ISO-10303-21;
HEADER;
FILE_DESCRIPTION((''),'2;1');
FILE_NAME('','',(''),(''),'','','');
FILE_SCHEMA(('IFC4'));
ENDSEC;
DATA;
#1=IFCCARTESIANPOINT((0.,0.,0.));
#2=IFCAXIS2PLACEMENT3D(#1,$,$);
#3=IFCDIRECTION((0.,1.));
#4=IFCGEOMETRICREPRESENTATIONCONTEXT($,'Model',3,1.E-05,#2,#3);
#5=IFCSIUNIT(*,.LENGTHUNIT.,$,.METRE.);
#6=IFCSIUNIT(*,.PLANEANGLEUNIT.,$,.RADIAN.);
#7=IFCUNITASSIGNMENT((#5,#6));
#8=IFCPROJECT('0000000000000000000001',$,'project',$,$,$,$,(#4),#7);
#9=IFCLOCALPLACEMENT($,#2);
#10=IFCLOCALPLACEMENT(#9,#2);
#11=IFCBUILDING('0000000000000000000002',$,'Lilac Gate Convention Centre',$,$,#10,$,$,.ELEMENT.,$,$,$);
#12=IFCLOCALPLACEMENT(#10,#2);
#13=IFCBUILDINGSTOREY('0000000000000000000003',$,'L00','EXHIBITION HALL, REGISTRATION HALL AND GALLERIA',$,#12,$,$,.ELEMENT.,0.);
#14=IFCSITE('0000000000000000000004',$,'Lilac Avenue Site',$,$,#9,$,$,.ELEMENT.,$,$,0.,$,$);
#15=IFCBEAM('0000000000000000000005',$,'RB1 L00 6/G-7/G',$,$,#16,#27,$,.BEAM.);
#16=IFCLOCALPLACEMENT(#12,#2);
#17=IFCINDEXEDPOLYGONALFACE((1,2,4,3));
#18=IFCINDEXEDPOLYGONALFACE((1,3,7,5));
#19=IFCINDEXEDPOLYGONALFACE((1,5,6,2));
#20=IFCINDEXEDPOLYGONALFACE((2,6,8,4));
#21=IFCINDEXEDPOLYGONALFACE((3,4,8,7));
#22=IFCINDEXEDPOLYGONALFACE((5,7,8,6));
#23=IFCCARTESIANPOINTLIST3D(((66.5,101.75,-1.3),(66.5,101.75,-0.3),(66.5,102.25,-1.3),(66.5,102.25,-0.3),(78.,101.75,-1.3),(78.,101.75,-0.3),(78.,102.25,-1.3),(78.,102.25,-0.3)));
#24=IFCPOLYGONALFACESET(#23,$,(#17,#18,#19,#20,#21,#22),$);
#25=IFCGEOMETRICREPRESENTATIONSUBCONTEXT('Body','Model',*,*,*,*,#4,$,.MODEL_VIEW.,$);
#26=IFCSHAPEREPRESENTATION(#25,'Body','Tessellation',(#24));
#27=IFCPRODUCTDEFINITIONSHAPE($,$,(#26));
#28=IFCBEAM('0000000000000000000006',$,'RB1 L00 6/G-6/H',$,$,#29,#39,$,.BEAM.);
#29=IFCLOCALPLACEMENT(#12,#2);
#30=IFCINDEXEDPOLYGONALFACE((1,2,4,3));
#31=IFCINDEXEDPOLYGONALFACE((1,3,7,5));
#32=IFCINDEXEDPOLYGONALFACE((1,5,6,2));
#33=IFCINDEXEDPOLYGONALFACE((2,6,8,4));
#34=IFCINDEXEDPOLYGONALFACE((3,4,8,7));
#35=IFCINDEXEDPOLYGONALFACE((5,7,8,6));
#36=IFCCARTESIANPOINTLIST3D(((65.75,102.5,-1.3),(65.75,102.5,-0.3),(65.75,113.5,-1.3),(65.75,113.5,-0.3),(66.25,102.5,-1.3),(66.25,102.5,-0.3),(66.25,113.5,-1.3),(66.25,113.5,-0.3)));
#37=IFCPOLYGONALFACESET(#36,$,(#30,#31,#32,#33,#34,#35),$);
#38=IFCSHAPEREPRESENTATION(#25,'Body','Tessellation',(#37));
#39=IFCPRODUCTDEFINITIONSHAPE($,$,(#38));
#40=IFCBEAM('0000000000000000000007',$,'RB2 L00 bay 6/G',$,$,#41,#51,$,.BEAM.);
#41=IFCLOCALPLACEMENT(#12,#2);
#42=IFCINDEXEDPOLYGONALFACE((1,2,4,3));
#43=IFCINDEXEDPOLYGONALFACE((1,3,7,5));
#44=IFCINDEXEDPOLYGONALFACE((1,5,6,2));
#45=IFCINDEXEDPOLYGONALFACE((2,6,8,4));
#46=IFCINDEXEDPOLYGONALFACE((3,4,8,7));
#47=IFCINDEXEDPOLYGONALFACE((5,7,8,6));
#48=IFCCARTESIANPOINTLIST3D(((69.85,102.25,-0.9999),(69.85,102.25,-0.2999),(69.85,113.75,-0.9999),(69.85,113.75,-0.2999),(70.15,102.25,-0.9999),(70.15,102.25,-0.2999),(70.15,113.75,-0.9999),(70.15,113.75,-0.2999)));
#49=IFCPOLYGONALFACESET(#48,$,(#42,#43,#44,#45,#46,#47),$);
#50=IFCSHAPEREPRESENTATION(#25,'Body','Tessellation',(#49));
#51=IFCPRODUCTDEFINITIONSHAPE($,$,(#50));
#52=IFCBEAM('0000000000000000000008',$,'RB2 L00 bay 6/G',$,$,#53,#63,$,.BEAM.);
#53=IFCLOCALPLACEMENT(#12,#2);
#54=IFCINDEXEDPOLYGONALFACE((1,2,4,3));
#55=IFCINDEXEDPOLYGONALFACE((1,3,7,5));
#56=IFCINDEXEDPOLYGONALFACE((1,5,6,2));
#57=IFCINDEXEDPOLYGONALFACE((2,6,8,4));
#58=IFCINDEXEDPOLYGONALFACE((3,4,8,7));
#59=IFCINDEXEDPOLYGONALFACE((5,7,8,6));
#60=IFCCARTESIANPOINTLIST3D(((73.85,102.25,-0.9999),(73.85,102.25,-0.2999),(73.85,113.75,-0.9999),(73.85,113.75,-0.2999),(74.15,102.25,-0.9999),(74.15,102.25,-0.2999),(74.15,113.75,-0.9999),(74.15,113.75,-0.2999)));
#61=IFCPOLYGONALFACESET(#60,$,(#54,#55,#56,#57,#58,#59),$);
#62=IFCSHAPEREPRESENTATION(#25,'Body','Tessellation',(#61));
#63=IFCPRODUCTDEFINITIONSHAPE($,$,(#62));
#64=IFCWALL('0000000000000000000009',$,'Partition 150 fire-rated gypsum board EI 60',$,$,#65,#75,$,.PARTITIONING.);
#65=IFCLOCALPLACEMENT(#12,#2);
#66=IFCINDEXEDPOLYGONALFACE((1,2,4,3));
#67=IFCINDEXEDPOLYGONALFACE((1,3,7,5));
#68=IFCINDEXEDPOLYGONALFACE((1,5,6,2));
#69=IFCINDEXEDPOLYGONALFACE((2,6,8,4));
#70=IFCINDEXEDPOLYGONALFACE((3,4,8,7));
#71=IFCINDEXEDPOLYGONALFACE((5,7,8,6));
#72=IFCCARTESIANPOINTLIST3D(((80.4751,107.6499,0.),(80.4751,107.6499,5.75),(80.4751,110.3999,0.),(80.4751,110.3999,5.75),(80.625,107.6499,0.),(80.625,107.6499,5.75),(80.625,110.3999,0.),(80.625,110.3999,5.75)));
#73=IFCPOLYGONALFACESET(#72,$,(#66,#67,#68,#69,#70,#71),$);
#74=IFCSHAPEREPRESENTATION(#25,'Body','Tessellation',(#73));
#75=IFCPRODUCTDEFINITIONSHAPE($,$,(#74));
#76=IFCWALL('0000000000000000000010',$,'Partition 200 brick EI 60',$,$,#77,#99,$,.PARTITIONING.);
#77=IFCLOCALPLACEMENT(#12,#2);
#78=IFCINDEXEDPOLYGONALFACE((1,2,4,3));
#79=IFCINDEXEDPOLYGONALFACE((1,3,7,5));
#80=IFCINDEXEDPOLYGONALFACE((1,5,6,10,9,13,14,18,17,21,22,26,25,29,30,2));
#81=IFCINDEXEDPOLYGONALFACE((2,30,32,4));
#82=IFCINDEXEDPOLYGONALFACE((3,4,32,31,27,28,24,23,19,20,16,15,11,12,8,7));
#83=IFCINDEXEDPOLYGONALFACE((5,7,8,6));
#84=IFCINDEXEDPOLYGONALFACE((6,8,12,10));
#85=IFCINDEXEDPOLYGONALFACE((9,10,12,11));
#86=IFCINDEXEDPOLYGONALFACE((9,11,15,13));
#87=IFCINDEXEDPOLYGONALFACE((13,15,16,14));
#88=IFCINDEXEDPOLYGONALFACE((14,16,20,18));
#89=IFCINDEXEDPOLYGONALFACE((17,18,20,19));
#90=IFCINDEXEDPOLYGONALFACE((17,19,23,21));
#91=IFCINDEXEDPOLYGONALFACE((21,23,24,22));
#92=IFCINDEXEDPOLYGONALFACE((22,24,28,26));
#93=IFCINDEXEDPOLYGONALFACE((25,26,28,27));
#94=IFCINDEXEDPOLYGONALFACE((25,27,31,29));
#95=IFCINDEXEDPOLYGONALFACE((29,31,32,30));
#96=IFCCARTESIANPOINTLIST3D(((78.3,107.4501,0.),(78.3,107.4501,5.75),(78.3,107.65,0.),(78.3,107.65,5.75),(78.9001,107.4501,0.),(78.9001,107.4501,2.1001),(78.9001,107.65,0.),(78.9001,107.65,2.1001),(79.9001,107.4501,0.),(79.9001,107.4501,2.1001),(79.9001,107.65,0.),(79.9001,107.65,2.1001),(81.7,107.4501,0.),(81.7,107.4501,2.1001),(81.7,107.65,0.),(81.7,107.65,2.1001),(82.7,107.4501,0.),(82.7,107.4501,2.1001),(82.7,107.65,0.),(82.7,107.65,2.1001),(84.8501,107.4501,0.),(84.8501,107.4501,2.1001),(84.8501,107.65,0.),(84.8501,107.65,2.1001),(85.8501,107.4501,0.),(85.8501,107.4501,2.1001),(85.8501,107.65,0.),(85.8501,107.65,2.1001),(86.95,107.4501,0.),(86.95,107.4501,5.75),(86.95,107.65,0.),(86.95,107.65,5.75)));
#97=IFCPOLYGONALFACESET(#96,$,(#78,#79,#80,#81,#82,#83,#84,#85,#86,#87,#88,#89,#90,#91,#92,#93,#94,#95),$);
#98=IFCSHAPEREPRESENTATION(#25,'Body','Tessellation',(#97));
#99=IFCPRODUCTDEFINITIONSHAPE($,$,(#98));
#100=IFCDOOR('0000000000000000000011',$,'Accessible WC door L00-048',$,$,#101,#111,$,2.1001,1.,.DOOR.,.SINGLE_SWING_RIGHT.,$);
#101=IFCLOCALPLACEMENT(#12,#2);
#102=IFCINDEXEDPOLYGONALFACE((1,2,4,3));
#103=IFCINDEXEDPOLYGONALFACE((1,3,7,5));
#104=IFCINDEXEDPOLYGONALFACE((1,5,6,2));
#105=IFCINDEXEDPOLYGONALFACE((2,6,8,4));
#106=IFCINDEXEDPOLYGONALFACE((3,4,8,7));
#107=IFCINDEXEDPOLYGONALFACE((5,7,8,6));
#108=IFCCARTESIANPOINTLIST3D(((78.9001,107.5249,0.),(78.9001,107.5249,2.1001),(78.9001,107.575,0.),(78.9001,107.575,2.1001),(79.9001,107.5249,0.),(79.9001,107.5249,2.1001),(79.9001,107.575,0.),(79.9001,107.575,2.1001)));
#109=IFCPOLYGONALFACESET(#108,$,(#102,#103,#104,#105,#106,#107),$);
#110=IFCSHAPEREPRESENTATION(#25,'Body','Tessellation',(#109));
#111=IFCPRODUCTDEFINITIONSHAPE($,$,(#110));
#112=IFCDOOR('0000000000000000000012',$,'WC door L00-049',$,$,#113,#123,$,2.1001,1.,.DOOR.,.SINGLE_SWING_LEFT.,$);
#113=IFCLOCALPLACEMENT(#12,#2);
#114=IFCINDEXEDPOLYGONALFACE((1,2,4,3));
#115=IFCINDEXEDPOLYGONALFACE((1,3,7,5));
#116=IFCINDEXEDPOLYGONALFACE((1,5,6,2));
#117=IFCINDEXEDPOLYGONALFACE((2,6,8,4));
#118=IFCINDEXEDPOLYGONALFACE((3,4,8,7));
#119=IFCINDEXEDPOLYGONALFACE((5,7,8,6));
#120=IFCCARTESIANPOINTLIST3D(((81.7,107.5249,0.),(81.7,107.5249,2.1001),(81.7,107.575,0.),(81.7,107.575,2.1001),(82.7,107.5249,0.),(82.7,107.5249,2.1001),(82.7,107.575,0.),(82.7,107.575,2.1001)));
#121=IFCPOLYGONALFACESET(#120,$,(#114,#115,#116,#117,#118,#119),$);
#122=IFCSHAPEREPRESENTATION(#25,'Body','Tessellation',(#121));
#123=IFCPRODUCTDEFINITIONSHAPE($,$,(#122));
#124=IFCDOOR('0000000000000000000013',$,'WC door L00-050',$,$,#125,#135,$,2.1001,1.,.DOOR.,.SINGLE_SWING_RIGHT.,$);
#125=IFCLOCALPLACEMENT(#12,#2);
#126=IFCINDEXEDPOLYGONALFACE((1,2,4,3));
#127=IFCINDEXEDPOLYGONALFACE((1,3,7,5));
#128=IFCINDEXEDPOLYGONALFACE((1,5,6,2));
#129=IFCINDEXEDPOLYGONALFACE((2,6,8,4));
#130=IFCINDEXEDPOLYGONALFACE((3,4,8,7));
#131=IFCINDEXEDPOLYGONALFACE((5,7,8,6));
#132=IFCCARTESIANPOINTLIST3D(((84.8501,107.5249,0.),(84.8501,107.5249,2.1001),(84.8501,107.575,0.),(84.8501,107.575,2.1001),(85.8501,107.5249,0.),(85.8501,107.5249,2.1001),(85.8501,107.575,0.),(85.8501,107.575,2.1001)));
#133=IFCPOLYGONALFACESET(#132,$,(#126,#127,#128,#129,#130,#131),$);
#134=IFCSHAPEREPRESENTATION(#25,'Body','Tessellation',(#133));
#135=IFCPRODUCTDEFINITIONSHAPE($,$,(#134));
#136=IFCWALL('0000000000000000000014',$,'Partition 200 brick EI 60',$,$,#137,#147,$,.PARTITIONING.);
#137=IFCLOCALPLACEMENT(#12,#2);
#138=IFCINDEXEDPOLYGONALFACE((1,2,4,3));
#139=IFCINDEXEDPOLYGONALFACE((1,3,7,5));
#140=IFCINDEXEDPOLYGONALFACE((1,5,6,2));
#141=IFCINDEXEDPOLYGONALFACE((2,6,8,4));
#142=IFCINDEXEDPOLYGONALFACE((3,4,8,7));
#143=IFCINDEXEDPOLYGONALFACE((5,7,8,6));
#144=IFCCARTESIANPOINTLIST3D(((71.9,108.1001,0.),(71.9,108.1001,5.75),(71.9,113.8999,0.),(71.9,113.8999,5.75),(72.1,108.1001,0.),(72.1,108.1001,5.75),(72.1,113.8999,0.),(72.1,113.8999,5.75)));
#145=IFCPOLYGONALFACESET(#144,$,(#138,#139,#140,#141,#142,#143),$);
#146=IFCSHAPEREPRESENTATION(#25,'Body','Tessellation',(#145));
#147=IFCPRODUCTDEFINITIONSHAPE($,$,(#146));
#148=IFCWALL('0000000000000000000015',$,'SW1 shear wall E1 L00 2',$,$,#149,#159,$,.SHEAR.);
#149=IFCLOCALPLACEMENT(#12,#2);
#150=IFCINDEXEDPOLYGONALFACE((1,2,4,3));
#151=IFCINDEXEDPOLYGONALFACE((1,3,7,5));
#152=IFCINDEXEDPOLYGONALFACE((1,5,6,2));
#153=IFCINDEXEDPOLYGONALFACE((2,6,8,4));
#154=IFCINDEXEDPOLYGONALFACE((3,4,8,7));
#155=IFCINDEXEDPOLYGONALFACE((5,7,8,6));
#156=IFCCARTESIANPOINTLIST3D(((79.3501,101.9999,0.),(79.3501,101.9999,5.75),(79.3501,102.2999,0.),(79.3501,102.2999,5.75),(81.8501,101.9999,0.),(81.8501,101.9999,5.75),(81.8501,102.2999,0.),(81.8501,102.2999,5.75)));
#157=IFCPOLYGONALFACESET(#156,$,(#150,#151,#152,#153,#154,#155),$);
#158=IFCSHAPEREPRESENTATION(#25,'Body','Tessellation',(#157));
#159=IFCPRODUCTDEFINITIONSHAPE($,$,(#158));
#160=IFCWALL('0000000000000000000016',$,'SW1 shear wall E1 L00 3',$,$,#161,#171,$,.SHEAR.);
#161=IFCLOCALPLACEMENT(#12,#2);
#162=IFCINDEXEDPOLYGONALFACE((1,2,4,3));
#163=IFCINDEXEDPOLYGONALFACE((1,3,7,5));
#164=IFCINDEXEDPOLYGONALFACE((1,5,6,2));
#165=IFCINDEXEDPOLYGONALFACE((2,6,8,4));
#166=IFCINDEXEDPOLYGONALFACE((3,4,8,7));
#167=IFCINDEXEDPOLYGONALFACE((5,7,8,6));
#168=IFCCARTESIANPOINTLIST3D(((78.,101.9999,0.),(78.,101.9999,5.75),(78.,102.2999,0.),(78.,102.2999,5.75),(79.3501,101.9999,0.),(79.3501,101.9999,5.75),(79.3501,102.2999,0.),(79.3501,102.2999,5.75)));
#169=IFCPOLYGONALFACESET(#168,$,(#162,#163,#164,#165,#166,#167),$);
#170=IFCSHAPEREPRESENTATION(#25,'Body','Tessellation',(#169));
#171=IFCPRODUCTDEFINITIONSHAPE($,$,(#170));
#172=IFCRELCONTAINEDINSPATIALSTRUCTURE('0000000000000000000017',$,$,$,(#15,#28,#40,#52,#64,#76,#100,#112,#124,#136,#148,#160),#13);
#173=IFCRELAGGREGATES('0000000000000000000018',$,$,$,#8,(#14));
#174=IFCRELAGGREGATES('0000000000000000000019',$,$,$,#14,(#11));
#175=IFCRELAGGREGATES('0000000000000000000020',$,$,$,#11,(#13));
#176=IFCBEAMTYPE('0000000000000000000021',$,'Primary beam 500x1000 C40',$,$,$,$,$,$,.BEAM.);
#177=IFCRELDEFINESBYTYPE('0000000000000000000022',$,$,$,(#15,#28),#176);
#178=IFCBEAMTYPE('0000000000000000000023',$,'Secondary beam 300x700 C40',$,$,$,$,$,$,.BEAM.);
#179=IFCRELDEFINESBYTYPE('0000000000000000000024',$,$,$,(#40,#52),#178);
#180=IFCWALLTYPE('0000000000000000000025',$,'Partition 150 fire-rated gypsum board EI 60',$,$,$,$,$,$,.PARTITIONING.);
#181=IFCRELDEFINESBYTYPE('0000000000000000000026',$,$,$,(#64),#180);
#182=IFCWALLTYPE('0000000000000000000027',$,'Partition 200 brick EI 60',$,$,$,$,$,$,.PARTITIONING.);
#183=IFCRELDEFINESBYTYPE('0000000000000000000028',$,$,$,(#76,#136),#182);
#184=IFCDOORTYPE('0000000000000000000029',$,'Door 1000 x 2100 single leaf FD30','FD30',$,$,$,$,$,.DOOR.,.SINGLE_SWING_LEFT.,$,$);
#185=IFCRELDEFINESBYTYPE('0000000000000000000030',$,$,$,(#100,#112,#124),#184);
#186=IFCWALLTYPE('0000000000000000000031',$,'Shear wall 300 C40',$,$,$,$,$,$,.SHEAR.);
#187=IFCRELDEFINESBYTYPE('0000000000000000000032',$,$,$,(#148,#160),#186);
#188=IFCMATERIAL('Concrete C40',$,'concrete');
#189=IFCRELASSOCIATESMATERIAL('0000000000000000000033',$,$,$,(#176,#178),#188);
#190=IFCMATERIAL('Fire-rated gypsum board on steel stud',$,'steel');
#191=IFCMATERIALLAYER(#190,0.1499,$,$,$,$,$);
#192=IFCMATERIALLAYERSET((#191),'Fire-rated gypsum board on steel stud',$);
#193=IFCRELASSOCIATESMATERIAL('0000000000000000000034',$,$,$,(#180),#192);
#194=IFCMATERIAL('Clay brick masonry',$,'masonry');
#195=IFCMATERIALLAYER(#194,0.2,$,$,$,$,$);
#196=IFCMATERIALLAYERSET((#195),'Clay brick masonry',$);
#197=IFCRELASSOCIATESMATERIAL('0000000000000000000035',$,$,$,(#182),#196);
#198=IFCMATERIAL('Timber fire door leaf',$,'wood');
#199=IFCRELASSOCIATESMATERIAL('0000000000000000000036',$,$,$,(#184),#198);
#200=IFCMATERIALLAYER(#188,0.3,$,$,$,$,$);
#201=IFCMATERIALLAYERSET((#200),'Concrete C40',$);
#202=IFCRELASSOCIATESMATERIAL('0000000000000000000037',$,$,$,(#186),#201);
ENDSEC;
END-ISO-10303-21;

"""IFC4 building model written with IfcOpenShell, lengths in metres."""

from ifc_helpers import new_model, si_unit, direction, frame, frame_2d, origin, origin_2d, place, context, subcontext, project, spatial, rectangle, extrude, material, layer, layer_set, material_profile, profile_set, type_object, element, fill, save


model = new_model("IFC4")

# Units and contexts
model_context = context("Model", 3, precision=1e-05, world=origin(), true_north=direction((0.0, 1.0)))
body_context = subcontext(model_context, "Body", "Model", "MODEL_VIEW")
ifc_project = project(units=[si_unit("LENGTHUNIT", "METRE"), si_unit("PLANEANGLEUNIT", "RADIAN")], contexts=[model_context])

# Site, building, storey
site_placement = place(None, origin())
site = spatial("IfcSite", under=ifc_project, at=site_placement, Name="Lilac Avenue Site", CompositionType="ELEMENT", RefElevation=0.0)
building_placement = place(site_placement, origin())
building = spatial("IfcBuilding", under=site, at=building_placement, Name="Lilac Gate Convention Centre", CompositionType="ELEMENT")
storey_placement = place(building_placement, origin())
storey = spatial("IfcBuildingStorey", under=building, at=storey_placement, Name="L00", Description="EXHIBITION HALL, REGISTRATION HALL AND GALLERIA", CompositionType="ELEMENT", Elevation=0.0)

# Beams
ifc_material_1 = material(Name="Concrete C40", Category="concrete")
ifc_material_profile_1 = material_profile(ifc_material_1, rectangle(XDim=0.5, YDim=1.0, at=origin_2d()), Name="RC 500x1000")
ifc_profile_set_1 = profile_set([ifc_material_profile_1], Name="Concrete C40")
beam_type_1 = type_object("IfcBeamType", Name="Primary beam 500x1000 C40", PredefinedType="BEAM", material=ifc_profile_set_1)
beam_1_placement = place(storey_placement, frame((66.5, 102.0, -0.8), z_axis=(1.0, 0.0, 0.0), x_axis=(0.0, 1.0, 0.0)))
element("IfcBeam", 1, at=beam_1_placement, inside=storey, type_object=beam_type_1, Name="RB1 L00 6/G-7/G", PredefinedType="BEAM", context=body_context, shape_type="SweptSolid", body=[
    extrude(rectangle(XDim=0.5, YDim=1.0, at=origin_2d()), origin(), (0.0, 0.0, 1.0), 11.5),
])
beam_2_placement = place(storey_placement, frame((66.0, 102.5, -0.8), z_axis=(0.0, 1.0, 0.0), x_axis=(-1.0, 0.0, 0.0)))
element("IfcBeam", 2, at=beam_2_placement, inside=storey, type_object=beam_type_1, Name="RB1 L00 6/G-6/H", PredefinedType="BEAM", context=body_context, shape_type="SweptSolid", body=[
    extrude(rectangle(XDim=0.5, YDim=1.0, at=origin_2d()), origin(), (0.0, 0.0, 1.0), 11.0),
])
ifc_material_profile_2 = material_profile(ifc_material_1, rectangle(XDim=0.3, YDim=0.7, at=origin_2d()), Name="RC 300x700")
ifc_profile_set_2 = profile_set([ifc_material_profile_2], Name="Concrete C40")
beam_type_2 = type_object("IfcBeamType", Name="Secondary beam 300x700 C40", PredefinedType="BEAM", material=ifc_profile_set_2)
for number, where, z_axis, x_axis, name in (
    (3, (70.0, 102.25, -0.6499), (0.0, 1.0, 0.0), (-1.0, 0.0, 0.0), "RB2 L00 bay 6/G"),
    (4, (74.0, 102.25, -0.6499), (0.0, 1.0, 0.0), (-1.0, 0.0, 0.0), "RB2 L00 bay 6/G"),
):
    element("IfcBeam", number, at=place(storey_placement, frame(where, z_axis=z_axis, x_axis=x_axis)), inside=storey, type_object=beam_type_2, Name=name, PredefinedType="BEAM", context=body_context, shape_type="SweptSolid", body=[
        extrude(rectangle(XDim=0.3, YDim=0.7, at=origin_2d()), origin(), (0.0, 0.0, 1.0), 11.5),
    ])

# Wall
ifc_material_2 = material(Name="Fire-rated gypsum board on steel stud", Category="steel")
ifc_layer_1 = layer(ifc_material_2, 0.1499)
ifc_layer_set_1 = layer_set([ifc_layer_1], Name="Fire-rated gypsum board on steel stud")
wall_type_1 = type_object("IfcWallType", Name="Partition 150 fire-rated gypsum board EI 60", PredefinedType="PARTITIONING", material=ifc_layer_set_1)
wall_1_placement = place(storey_placement, frame((80.55, 107.6499, 0.0), z_axis=(0.0, 0.0, 1.0), x_axis=(0.0, 1.0, 0.0)))
element("IfcWall", 5, at=wall_1_placement, inside=storey, type_object=wall_type_1, Name="Partition 150 fire-rated gypsum board EI 60", PredefinedType="PARTITIONING", context=body_context, shape_type="SweptSolid", body=[
    extrude(rectangle(XDim=2.75, YDim=0.1499, at=frame_2d((1.375, 0.0))), origin(), (0.0, 0.0, 1.0), 5.75),
])

# Wall, openings, doors
ifc_material_3 = material(Name="Clay brick masonry", Category="masonry")
ifc_layer_2 = layer(ifc_material_3, 0.2)
ifc_layer_set_2 = layer_set([ifc_layer_2], Name="Clay brick masonry")
wall_type_2 = type_object("IfcWallType", Name="Partition 200 brick EI 60", PredefinedType="PARTITIONING", material=ifc_layer_set_2)
wall_2_placement = place(storey_placement, frame((78.3, 107.55, 0.0), z_axis=(0.0, 0.0, 1.0), x_axis=(1.0, 0.0, 0.0)))
wall_2 = element("IfcWall", 6, at=wall_2_placement, inside=storey, type_object=wall_type_2, Name="Partition 200 brick EI 60", PredefinedType="PARTITIONING", context=body_context, shape_type="SweptSolid", body=[
    extrude(rectangle(XDim=8.6499, YDim=0.2, at=frame_2d((4.325, 0.0))), origin(), (0.0, 0.0, 1.0), 5.75),
])
opening_1_placement = place(wall_2_placement, frame((0.6001, 0.0, 0.0)))
opening_1 = element("IfcOpeningElement", 7, at=opening_1_placement, cuts=wall_2, PredefinedType="OPENING", context=body_context, shape_type="SweptSolid", body=[
    extrude(rectangle(XDim=1.0, YDim=2.1001, at=frame_2d((0.5, 1.05))), frame((0.0, 0.1099, 0.0), z_axis=(0.0, -1.0, 0.0), x_axis=(1.0, 0.0, 0.0)), (0.0, 0.0, 1.0), 0.22),
])
opening_2_placement = place(wall_2_placement, frame((3.3999, 0.0, 0.0)))
opening_2 = element("IfcOpeningElement", 8, at=opening_2_placement, cuts=wall_2, PredefinedType="OPENING", context=body_context, shape_type="SweptSolid", body=[
    extrude(rectangle(XDim=1.0, YDim=2.1001, at=frame_2d((0.5, 1.05))), frame((0.0, 0.1099, 0.0), z_axis=(0.0, -1.0, 0.0), x_axis=(1.0, 0.0, 0.0)), (0.0, 0.0, 1.0), 0.22),
])
opening_3_placement = place(wall_2_placement, frame((6.55, 0.0, 0.0)))
opening_3 = element("IfcOpeningElement", 9, at=opening_3_placement, cuts=wall_2, PredefinedType="OPENING", context=body_context, shape_type="SweptSolid", body=[
    extrude(rectangle(XDim=1.0, YDim=2.1001, at=frame_2d((0.5, 1.05))), frame((0.0, 0.1099, 0.0), z_axis=(0.0, -1.0, 0.0), x_axis=(1.0, 0.0, 0.0)), (0.0, 0.0, 1.0), 0.22),
])
ifc_material_4 = material(Name="Timber fire door leaf", Category="wood")
door_type_1 = type_object("IfcDoorType", Name="Door 1000 x 2100 single leaf FD30", Description="FD30", OperationType="SINGLE_SWING_LEFT", PredefinedType="DOOR", material=ifc_material_4)
door_1_placement = place(opening_1_placement, origin())
door_1 = element("IfcDoor", 10, at=door_1_placement, inside=storey, type_object=door_type_1, Name="Accessible WC door L00-048", OperationType="SINGLE_SWING_RIGHT", OverallHeight=2.1001, OverallWidth=1.0, PredefinedType="DOOR", context=body_context, shape_type="SweptSolid", body=[
    extrude(rectangle(XDim=1.0, YDim=2.1001, at=frame_2d((0.5, 1.05))), frame((0.0, 0.0249, 0.0), z_axis=(0.0, -1.0, 0.0), x_axis=(1.0, 0.0, 0.0)), (0.0, 0.0, 1.0), 0.05),
])
fill(opening_1, door_1)
door_2_placement = place(opening_2_placement, origin())
door_2 = element("IfcDoor", 11, at=door_2_placement, inside=storey, type_object=door_type_1, Name="WC door L00-049", OperationType="SINGLE_SWING_LEFT", OverallHeight=2.1001, OverallWidth=1.0, PredefinedType="DOOR", context=body_context, shape_type="SweptSolid", body=[
    extrude(rectangle(XDim=1.0, YDim=2.1001, at=frame_2d((0.5, 1.05))), frame((0.0, 0.0249, 0.0), z_axis=(0.0, -1.0, 0.0), x_axis=(1.0, 0.0, 0.0)), (0.0, 0.0, 1.0), 0.05),
])
fill(opening_2, door_2)
door_3_placement = place(opening_3_placement, origin())
door_3 = element("IfcDoor", 12, at=door_3_placement, inside=storey, type_object=door_type_1, Name="WC door L00-050", OperationType="SINGLE_SWING_RIGHT", OverallHeight=2.1001, OverallWidth=1.0, PredefinedType="DOOR", context=body_context, shape_type="SweptSolid", body=[
    extrude(rectangle(XDim=1.0, YDim=2.1001, at=frame_2d((0.5, 1.05))), frame((0.0, 0.0249, 0.0), z_axis=(0.0, -1.0, 0.0), x_axis=(1.0, 0.0, 0.0)), (0.0, 0.0, 1.0), 0.05),
])
fill(opening_3, door_3)

# Walls
wall_3_placement = place(storey_placement, frame((72.0, 108.1001, 0.0), z_axis=(0.0, 0.0, 1.0), x_axis=(0.0, 1.0, 0.0)))
element("IfcWall", 13, at=wall_3_placement, inside=storey, type_object=wall_type_2, Name="Partition 200 brick EI 60", PredefinedType="PARTITIONING", context=body_context, shape_type="SweptSolid", body=[
    extrude(rectangle(XDim=5.7998, YDim=0.2, at=frame_2d((2.8999, 0.0))), origin(), (0.0, 0.0, 1.0), 5.75),
])
ifc_layer_3 = layer(ifc_material_1, 0.3)
ifc_layer_set_3 = layer_set([ifc_layer_3], Name="Concrete C40")
wall_type_3 = type_object("IfcWallType", Name="Shear wall 300 C40", PredefinedType="SHEAR", material=ifc_layer_set_3)
wall_4_placement = place(storey_placement, frame((81.8501, 102.1499, 0.0), z_axis=(0.0, 0.0, 1.0), x_axis=(-1.0, 0.0, 0.0)))
element("IfcWall", 14, at=wall_4_placement, inside=storey, type_object=wall_type_3, Name="SW1 shear wall E1 L00 2", PredefinedType="SHEAR", context=body_context, shape_type="SweptSolid", body=[
    extrude(rectangle(XDim=2.5, YDim=0.3, at=frame_2d((1.25, 0.0))), origin(), (0.0, 0.0, 1.0), 5.75),
])
wall_5_placement = place(storey_placement, frame((79.3501, 102.1499, 0.0), z_axis=(0.0, 0.0, 1.0), x_axis=(-1.0, 0.0, 0.0)))
element("IfcWall", 15, at=wall_5_placement, inside=storey, type_object=wall_type_3, Name="SW1 shear wall E1 L00 3", PredefinedType="SHEAR", context=body_context, shape_type="SweptSolid", body=[
    extrude(rectangle(XDim=1.3501, YDim=0.3, at=frame_2d((0.675, 0.0))), origin(), (0.0, 0.0, 1.0), 5.75),
])

save(model, "model.ifc")
